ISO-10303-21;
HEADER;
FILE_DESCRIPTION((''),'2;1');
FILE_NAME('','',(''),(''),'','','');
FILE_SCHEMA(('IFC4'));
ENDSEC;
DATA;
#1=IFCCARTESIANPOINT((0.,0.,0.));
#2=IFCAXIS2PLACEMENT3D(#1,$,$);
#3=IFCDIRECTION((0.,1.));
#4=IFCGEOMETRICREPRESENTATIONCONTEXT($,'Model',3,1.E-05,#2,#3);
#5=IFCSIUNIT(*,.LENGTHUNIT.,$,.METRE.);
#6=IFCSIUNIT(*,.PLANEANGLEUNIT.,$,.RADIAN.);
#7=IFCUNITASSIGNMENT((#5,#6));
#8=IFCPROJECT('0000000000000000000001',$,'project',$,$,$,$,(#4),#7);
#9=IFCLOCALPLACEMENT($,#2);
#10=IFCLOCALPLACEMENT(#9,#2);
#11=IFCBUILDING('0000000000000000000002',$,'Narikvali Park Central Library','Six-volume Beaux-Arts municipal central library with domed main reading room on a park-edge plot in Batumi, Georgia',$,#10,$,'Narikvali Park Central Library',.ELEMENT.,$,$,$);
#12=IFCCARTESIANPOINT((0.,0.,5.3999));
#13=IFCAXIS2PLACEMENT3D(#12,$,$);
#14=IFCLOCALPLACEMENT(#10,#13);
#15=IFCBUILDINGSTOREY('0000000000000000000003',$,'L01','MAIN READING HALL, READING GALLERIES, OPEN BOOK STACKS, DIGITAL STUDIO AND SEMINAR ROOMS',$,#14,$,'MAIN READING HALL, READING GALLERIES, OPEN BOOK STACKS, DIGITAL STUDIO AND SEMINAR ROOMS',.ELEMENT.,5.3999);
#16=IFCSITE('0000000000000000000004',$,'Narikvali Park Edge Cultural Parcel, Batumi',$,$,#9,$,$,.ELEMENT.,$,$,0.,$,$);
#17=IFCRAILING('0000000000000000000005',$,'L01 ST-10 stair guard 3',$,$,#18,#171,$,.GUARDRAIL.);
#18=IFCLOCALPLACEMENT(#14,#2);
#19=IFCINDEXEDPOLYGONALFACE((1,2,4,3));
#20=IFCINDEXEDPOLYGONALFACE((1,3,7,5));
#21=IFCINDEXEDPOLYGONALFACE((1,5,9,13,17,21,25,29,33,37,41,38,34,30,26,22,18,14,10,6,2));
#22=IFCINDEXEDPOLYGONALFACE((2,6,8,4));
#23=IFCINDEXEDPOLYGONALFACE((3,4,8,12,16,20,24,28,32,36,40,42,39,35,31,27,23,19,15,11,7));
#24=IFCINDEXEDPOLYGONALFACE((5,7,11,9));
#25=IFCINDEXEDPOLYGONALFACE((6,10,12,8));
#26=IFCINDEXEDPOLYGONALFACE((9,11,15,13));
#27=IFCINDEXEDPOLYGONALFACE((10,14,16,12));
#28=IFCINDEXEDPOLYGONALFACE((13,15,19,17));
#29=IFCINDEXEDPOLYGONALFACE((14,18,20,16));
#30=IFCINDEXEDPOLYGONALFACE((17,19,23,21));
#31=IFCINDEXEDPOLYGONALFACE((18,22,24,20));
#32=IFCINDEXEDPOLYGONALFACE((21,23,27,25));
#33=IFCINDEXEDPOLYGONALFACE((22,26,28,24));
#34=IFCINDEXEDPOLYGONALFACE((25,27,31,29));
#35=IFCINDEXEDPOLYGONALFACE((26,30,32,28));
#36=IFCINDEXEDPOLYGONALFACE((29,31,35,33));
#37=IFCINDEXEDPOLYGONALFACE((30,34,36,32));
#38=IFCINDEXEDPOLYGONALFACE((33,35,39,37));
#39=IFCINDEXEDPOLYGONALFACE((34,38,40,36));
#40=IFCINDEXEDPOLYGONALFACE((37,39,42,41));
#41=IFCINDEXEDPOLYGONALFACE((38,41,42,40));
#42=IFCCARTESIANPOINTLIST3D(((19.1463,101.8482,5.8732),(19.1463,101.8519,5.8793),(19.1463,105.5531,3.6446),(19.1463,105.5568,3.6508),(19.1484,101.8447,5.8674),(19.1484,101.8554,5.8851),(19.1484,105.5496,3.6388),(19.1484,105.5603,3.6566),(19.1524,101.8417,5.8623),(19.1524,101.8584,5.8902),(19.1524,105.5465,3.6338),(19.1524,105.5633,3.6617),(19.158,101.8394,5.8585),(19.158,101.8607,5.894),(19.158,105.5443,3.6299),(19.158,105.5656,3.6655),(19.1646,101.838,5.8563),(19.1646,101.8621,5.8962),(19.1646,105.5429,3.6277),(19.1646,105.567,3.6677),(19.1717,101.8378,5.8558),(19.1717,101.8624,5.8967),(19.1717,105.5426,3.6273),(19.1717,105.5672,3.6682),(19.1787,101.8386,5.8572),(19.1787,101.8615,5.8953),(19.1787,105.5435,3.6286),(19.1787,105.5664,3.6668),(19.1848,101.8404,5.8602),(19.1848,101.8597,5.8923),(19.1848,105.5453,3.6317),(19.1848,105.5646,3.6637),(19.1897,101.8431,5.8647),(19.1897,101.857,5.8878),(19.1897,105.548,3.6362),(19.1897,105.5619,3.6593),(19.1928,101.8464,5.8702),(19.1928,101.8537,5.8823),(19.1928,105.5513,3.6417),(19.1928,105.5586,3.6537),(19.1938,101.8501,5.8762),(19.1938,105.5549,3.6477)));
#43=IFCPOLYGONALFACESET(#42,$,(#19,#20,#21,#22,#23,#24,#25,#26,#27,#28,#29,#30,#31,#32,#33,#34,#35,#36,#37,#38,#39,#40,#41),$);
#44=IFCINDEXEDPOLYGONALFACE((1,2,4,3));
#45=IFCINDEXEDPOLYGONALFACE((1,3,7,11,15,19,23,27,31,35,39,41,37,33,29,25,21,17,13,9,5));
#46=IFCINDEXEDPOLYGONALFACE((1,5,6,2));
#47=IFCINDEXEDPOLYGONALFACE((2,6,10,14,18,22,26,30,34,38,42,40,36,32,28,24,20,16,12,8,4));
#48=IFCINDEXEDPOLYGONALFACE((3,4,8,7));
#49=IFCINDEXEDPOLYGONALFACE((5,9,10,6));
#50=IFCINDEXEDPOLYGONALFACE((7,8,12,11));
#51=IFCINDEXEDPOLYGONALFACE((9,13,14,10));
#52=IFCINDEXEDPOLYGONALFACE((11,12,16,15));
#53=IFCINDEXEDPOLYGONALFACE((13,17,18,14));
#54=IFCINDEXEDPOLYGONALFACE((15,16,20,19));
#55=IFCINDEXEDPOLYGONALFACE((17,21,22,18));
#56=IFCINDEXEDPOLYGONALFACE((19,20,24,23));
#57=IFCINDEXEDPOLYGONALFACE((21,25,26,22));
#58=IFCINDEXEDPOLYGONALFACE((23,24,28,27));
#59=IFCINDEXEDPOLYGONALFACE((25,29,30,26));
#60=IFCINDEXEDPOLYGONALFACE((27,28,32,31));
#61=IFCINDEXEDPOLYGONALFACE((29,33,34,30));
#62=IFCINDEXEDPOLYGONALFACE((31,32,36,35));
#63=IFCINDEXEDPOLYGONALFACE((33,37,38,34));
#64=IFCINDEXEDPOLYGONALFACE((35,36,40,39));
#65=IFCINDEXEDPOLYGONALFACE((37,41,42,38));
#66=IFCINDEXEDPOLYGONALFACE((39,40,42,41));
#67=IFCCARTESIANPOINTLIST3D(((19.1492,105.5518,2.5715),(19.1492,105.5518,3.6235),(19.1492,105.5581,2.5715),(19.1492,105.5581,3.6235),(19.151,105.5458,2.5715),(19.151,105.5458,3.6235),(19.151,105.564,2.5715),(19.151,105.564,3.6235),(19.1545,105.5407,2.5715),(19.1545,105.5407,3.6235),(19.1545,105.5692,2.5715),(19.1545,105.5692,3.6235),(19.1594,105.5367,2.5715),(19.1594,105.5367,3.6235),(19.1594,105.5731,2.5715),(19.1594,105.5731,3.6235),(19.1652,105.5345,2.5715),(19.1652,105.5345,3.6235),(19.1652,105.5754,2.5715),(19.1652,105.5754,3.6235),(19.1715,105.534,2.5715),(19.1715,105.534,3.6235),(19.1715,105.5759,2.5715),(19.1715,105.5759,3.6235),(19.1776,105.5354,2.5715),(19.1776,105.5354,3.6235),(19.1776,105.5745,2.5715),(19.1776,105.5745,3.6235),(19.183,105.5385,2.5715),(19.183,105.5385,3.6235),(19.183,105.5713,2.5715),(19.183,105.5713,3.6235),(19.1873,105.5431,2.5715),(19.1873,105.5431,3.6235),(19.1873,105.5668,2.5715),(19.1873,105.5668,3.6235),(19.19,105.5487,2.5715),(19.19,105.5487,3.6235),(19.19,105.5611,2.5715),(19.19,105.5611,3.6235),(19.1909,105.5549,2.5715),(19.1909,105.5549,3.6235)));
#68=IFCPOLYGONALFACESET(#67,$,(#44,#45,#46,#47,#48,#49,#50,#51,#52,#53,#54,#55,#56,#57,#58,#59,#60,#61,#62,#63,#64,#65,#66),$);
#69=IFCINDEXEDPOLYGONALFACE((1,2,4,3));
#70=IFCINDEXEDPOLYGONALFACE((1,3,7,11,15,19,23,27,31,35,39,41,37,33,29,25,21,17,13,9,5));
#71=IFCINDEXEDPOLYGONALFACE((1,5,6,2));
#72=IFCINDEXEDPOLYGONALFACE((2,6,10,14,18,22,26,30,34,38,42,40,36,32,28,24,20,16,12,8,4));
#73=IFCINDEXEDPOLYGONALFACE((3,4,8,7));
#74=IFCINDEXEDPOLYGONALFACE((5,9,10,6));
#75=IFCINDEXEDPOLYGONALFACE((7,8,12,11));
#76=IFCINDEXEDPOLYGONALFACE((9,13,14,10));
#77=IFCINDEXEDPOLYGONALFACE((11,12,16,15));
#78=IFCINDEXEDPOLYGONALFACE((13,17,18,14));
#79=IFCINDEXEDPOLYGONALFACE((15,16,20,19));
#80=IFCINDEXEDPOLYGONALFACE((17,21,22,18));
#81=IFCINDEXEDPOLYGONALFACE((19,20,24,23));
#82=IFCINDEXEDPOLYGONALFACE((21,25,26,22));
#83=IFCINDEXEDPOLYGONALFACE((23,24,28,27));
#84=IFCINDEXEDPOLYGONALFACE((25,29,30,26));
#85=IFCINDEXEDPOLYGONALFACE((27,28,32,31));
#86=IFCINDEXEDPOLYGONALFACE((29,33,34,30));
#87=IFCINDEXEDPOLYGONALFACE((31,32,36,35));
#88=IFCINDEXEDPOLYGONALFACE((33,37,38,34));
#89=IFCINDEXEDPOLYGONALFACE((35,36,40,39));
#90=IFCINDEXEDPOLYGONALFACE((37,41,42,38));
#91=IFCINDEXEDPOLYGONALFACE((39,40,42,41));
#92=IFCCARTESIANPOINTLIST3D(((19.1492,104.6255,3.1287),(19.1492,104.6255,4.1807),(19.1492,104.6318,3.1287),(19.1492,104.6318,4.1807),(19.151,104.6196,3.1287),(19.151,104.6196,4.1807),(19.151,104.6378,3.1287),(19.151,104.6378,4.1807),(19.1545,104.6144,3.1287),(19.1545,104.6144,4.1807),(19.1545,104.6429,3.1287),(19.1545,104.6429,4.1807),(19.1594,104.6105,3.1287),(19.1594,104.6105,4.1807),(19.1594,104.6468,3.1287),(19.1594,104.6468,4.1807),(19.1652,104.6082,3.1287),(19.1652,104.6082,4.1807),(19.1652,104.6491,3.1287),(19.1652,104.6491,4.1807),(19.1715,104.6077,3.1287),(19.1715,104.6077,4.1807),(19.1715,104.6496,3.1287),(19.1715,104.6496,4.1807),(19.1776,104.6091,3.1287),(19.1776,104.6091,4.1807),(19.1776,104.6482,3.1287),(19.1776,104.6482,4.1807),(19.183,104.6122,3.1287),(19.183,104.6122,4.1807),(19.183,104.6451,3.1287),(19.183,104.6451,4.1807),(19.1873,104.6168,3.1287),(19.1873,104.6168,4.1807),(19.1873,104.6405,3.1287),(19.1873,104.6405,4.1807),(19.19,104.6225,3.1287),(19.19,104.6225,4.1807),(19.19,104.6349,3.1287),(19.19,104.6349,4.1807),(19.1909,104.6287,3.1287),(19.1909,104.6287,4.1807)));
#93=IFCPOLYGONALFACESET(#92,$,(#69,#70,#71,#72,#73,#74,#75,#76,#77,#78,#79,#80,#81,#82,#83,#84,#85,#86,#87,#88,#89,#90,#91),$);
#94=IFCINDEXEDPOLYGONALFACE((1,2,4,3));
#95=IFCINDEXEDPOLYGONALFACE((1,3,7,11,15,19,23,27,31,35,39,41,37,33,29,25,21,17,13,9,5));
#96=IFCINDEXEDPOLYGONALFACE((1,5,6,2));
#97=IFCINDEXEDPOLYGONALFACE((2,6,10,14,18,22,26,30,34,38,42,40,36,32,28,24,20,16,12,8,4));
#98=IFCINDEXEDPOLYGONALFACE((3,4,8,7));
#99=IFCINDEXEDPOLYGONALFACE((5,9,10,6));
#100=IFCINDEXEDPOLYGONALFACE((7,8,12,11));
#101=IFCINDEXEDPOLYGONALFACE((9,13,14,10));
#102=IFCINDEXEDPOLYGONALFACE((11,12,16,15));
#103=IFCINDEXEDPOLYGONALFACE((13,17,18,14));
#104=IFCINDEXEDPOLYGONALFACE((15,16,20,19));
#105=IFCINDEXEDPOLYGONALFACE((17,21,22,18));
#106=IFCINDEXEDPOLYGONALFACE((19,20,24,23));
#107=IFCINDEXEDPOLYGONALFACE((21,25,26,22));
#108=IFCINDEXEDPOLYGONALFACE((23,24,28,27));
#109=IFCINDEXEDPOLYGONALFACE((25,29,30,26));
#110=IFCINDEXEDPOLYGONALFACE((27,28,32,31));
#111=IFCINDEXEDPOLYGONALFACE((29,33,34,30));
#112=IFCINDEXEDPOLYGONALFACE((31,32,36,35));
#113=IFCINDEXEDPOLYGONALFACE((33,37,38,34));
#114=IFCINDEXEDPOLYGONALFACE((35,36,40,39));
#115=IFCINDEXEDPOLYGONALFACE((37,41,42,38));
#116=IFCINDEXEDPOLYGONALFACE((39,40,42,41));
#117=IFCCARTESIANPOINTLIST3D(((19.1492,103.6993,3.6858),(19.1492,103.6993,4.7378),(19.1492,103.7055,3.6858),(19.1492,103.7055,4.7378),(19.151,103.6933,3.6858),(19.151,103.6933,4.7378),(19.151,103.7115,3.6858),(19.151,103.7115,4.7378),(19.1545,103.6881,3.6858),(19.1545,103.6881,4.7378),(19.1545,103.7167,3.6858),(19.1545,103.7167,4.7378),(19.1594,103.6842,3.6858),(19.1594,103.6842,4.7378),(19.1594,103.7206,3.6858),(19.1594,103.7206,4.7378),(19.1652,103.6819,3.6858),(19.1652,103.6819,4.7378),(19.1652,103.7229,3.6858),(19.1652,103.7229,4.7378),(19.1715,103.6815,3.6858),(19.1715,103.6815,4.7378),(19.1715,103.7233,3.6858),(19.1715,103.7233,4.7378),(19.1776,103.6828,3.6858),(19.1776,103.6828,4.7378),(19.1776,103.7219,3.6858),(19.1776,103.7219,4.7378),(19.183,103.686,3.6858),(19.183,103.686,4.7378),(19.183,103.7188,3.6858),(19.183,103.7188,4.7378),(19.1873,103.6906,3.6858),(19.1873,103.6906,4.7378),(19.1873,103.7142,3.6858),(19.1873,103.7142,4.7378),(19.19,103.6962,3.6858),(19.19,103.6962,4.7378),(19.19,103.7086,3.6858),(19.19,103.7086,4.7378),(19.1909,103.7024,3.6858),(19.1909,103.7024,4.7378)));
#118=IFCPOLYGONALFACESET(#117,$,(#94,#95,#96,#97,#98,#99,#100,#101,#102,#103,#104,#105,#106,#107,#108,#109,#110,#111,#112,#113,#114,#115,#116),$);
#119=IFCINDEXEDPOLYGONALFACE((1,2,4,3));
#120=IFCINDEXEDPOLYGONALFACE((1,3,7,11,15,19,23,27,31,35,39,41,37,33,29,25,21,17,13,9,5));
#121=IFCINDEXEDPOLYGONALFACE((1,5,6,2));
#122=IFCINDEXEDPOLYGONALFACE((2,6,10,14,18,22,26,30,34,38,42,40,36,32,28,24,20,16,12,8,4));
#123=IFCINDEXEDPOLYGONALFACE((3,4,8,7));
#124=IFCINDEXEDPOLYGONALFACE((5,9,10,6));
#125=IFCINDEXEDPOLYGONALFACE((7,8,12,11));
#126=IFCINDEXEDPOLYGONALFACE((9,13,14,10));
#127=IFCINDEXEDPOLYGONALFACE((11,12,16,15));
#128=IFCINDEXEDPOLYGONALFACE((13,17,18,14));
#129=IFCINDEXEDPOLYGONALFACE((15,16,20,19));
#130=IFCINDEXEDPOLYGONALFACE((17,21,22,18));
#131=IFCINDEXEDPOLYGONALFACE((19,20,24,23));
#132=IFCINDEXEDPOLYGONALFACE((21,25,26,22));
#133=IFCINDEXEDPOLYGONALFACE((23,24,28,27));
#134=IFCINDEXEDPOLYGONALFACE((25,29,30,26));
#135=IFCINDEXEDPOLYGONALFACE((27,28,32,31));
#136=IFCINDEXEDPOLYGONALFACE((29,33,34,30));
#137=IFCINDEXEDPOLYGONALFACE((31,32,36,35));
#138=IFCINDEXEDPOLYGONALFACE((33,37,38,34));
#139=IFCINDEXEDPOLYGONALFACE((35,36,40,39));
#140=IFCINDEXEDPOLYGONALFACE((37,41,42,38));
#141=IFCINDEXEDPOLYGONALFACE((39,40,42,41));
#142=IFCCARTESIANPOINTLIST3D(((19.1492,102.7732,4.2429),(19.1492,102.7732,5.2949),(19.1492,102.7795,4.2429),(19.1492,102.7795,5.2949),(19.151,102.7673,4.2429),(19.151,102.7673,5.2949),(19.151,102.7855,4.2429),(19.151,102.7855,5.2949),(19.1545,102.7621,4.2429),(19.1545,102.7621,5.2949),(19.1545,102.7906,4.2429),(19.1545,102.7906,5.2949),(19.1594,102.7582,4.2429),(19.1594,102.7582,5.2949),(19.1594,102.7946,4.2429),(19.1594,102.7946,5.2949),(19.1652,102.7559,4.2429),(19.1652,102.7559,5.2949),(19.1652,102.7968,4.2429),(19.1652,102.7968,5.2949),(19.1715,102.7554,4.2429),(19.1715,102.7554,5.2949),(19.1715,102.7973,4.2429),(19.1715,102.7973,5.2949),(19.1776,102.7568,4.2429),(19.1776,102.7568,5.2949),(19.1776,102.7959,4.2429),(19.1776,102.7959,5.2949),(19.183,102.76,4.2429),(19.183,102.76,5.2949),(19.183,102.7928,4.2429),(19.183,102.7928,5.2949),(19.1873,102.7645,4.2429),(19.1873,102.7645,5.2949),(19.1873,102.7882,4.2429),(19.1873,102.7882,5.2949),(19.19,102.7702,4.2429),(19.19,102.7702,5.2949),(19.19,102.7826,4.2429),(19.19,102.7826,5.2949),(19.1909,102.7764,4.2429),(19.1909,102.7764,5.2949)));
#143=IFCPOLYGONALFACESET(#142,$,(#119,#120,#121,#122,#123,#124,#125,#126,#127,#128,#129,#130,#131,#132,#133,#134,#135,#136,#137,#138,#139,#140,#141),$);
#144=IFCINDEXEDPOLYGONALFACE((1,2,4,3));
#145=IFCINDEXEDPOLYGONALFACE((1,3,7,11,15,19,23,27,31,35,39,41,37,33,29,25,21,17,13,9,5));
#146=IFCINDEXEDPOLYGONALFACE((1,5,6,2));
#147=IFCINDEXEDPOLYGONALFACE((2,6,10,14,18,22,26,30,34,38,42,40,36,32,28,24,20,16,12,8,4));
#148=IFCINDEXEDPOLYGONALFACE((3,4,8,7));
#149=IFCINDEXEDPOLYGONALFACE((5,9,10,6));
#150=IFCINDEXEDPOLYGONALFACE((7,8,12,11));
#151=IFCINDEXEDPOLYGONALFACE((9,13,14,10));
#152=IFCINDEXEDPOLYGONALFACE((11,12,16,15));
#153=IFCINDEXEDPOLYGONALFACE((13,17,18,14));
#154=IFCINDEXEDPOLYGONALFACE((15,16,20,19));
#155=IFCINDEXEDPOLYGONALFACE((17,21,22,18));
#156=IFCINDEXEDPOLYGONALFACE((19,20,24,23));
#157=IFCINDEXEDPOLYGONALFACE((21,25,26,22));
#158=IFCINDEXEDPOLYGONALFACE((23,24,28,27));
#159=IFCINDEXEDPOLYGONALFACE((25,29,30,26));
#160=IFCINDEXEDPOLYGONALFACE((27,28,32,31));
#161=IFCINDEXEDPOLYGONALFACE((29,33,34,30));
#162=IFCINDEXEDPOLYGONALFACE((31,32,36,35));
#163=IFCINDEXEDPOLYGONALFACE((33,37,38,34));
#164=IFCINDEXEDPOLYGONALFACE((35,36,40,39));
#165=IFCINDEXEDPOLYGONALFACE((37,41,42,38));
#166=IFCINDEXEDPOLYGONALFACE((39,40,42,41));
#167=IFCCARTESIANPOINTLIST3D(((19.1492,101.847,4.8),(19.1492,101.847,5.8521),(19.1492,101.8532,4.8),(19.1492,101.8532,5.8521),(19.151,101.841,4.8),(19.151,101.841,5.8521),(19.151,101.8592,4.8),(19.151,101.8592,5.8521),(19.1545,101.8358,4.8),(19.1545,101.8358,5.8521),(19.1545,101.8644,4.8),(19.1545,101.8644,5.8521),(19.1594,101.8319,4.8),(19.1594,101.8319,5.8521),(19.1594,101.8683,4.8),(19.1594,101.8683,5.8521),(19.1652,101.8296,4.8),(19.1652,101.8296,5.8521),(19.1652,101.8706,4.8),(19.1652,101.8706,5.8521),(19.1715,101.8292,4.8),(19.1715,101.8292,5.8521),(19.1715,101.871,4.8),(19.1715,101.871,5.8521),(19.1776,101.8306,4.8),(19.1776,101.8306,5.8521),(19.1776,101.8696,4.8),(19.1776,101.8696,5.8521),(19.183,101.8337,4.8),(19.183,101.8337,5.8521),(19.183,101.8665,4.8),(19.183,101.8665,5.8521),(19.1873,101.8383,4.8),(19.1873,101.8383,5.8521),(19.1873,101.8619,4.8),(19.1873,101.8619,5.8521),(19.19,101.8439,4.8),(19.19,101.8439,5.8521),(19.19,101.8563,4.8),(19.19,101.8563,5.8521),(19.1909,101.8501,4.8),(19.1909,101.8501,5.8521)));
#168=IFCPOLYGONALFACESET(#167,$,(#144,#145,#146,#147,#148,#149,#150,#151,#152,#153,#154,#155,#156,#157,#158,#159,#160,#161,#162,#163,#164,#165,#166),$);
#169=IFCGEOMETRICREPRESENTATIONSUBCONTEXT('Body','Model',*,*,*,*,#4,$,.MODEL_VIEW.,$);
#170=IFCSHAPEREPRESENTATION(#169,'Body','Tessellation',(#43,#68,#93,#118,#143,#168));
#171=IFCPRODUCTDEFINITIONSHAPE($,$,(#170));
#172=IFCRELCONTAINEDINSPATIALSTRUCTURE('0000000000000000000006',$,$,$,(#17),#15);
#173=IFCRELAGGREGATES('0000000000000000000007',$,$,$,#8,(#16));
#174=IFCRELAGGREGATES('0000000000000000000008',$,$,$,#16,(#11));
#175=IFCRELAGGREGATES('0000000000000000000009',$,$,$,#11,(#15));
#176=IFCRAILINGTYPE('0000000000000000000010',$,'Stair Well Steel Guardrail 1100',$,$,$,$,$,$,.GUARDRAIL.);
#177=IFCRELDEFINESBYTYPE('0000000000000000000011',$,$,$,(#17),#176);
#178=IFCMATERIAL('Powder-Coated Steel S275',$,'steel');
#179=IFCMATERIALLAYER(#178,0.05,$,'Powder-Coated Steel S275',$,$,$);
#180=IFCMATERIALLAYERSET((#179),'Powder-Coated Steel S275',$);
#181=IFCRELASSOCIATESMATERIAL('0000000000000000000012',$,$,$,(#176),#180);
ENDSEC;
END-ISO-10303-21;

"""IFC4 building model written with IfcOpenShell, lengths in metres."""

from ifc_helpers import new_model, si_unit, direction, frame, origin, origin_2d, place, context, subcontext, project, spatial, circle, extrude, material, layer, layer_set, type_object, element, save


model = new_model("IFC4")

# Units and contexts
model_context = context("Model", 3, precision=1e-05, world=origin(), true_north=direction((0.0, 1.0)))
body_context = subcontext(model_context, "Body", "Model", "MODEL_VIEW")
ifc_project = project(units=[si_unit("LENGTHUNIT", "METRE"), si_unit("PLANEANGLEUNIT", "RADIAN")], contexts=[model_context])

# Site, building, storey
site_placement = place(None, origin())
site = spatial("IfcSite", under=ifc_project, at=site_placement, Name="Narikvali Park Edge Cultural Parcel, Batumi", CompositionType="ELEMENT", RefElevation=0.0)
building_placement = place(site_placement, origin())
building = spatial("IfcBuilding", under=site, at=building_placement, Name="Narikvali Park Central Library", Description="Six-volume Beaux-Arts municipal central library with domed main reading room on a park-edge plot in Batumi, Georgia", LongName="Narikvali Park Central Library", CompositionType="ELEMENT")
storey_placement = place(building_placement, frame((0.0, 0.0, 5.3999)))
storey = spatial("IfcBuildingStorey", under=building, at=storey_placement, Name="L01", Description="MAIN READING HALL, READING GALLERIES, OPEN BOOK STACKS, DIGITAL STUDIO AND SEMINAR ROOMS", LongName="MAIN READING HALL, READING GALLERIES, OPEN BOOK STACKS, DIGITAL STUDIO AND SEMINAR ROOMS", CompositionType="ELEMENT", Elevation=5.3999)

# Railing
ifc_material_1 = material(Name="Powder-Coated Steel S275", Category="steel")
ifc_layer_1 = layer(ifc_material_1, 0.05, Name="Powder-Coated Steel S275")
ifc_layer_set_1 = layer_set([ifc_layer_1], Name="Powder-Coated Steel S275")
railing_type_1 = type_object("IfcRailingType", Name="Stair Well Steel Guardrail 1100", PredefinedType="GUARDRAIL", material=ifc_layer_set_1)
railing_1_placement = place(storey_placement, frame((19.1699, 105.5549, 2.5715)))
element("IfcRailing", 1, at=railing_1_placement, inside=storey, type_object=railing_type_1, Name="L01 ST-10 stair guard 3", PredefinedType="GUARDRAIL", context=body_context, shape_type="SweptSolid", body=[
    extrude(circle(Radius=0.0239, at=origin_2d()), frame((0.0, 0.0, 1.0762), z_axis=(0.0, -0.856919, 0.51545), x_axis=(1.0, 0.0, 0.0)), (0.0, 0.0, 1.0), 4.3235),
    extrude(circle(Radius=0.021, at=origin_2d()), origin(), (0.0, 0.0, 1.0), 1.052),
    extrude(circle(Radius=0.021, at=origin_2d()), frame((0.0, -0.9263, 0.5571)), (0.0, 0.0, 1.0), 1.052),
    extrude(circle(Radius=0.021, at=origin_2d()), frame((0.0, -1.8525, 1.1143)), (0.0, 0.0, 1.0), 1.052),
    extrude(circle(Radius=0.021, at=origin_2d()), frame((0.0, -2.7786, 1.6714)), (0.0, 0.0, 1.0), 1.052),
    extrude(circle(Radius=0.021, at=origin_2d()), frame((0.0, -3.7048, 2.2285)), (0.0, 0.0, 1.0), 1.052),
])

save(model, "model.ifc")
